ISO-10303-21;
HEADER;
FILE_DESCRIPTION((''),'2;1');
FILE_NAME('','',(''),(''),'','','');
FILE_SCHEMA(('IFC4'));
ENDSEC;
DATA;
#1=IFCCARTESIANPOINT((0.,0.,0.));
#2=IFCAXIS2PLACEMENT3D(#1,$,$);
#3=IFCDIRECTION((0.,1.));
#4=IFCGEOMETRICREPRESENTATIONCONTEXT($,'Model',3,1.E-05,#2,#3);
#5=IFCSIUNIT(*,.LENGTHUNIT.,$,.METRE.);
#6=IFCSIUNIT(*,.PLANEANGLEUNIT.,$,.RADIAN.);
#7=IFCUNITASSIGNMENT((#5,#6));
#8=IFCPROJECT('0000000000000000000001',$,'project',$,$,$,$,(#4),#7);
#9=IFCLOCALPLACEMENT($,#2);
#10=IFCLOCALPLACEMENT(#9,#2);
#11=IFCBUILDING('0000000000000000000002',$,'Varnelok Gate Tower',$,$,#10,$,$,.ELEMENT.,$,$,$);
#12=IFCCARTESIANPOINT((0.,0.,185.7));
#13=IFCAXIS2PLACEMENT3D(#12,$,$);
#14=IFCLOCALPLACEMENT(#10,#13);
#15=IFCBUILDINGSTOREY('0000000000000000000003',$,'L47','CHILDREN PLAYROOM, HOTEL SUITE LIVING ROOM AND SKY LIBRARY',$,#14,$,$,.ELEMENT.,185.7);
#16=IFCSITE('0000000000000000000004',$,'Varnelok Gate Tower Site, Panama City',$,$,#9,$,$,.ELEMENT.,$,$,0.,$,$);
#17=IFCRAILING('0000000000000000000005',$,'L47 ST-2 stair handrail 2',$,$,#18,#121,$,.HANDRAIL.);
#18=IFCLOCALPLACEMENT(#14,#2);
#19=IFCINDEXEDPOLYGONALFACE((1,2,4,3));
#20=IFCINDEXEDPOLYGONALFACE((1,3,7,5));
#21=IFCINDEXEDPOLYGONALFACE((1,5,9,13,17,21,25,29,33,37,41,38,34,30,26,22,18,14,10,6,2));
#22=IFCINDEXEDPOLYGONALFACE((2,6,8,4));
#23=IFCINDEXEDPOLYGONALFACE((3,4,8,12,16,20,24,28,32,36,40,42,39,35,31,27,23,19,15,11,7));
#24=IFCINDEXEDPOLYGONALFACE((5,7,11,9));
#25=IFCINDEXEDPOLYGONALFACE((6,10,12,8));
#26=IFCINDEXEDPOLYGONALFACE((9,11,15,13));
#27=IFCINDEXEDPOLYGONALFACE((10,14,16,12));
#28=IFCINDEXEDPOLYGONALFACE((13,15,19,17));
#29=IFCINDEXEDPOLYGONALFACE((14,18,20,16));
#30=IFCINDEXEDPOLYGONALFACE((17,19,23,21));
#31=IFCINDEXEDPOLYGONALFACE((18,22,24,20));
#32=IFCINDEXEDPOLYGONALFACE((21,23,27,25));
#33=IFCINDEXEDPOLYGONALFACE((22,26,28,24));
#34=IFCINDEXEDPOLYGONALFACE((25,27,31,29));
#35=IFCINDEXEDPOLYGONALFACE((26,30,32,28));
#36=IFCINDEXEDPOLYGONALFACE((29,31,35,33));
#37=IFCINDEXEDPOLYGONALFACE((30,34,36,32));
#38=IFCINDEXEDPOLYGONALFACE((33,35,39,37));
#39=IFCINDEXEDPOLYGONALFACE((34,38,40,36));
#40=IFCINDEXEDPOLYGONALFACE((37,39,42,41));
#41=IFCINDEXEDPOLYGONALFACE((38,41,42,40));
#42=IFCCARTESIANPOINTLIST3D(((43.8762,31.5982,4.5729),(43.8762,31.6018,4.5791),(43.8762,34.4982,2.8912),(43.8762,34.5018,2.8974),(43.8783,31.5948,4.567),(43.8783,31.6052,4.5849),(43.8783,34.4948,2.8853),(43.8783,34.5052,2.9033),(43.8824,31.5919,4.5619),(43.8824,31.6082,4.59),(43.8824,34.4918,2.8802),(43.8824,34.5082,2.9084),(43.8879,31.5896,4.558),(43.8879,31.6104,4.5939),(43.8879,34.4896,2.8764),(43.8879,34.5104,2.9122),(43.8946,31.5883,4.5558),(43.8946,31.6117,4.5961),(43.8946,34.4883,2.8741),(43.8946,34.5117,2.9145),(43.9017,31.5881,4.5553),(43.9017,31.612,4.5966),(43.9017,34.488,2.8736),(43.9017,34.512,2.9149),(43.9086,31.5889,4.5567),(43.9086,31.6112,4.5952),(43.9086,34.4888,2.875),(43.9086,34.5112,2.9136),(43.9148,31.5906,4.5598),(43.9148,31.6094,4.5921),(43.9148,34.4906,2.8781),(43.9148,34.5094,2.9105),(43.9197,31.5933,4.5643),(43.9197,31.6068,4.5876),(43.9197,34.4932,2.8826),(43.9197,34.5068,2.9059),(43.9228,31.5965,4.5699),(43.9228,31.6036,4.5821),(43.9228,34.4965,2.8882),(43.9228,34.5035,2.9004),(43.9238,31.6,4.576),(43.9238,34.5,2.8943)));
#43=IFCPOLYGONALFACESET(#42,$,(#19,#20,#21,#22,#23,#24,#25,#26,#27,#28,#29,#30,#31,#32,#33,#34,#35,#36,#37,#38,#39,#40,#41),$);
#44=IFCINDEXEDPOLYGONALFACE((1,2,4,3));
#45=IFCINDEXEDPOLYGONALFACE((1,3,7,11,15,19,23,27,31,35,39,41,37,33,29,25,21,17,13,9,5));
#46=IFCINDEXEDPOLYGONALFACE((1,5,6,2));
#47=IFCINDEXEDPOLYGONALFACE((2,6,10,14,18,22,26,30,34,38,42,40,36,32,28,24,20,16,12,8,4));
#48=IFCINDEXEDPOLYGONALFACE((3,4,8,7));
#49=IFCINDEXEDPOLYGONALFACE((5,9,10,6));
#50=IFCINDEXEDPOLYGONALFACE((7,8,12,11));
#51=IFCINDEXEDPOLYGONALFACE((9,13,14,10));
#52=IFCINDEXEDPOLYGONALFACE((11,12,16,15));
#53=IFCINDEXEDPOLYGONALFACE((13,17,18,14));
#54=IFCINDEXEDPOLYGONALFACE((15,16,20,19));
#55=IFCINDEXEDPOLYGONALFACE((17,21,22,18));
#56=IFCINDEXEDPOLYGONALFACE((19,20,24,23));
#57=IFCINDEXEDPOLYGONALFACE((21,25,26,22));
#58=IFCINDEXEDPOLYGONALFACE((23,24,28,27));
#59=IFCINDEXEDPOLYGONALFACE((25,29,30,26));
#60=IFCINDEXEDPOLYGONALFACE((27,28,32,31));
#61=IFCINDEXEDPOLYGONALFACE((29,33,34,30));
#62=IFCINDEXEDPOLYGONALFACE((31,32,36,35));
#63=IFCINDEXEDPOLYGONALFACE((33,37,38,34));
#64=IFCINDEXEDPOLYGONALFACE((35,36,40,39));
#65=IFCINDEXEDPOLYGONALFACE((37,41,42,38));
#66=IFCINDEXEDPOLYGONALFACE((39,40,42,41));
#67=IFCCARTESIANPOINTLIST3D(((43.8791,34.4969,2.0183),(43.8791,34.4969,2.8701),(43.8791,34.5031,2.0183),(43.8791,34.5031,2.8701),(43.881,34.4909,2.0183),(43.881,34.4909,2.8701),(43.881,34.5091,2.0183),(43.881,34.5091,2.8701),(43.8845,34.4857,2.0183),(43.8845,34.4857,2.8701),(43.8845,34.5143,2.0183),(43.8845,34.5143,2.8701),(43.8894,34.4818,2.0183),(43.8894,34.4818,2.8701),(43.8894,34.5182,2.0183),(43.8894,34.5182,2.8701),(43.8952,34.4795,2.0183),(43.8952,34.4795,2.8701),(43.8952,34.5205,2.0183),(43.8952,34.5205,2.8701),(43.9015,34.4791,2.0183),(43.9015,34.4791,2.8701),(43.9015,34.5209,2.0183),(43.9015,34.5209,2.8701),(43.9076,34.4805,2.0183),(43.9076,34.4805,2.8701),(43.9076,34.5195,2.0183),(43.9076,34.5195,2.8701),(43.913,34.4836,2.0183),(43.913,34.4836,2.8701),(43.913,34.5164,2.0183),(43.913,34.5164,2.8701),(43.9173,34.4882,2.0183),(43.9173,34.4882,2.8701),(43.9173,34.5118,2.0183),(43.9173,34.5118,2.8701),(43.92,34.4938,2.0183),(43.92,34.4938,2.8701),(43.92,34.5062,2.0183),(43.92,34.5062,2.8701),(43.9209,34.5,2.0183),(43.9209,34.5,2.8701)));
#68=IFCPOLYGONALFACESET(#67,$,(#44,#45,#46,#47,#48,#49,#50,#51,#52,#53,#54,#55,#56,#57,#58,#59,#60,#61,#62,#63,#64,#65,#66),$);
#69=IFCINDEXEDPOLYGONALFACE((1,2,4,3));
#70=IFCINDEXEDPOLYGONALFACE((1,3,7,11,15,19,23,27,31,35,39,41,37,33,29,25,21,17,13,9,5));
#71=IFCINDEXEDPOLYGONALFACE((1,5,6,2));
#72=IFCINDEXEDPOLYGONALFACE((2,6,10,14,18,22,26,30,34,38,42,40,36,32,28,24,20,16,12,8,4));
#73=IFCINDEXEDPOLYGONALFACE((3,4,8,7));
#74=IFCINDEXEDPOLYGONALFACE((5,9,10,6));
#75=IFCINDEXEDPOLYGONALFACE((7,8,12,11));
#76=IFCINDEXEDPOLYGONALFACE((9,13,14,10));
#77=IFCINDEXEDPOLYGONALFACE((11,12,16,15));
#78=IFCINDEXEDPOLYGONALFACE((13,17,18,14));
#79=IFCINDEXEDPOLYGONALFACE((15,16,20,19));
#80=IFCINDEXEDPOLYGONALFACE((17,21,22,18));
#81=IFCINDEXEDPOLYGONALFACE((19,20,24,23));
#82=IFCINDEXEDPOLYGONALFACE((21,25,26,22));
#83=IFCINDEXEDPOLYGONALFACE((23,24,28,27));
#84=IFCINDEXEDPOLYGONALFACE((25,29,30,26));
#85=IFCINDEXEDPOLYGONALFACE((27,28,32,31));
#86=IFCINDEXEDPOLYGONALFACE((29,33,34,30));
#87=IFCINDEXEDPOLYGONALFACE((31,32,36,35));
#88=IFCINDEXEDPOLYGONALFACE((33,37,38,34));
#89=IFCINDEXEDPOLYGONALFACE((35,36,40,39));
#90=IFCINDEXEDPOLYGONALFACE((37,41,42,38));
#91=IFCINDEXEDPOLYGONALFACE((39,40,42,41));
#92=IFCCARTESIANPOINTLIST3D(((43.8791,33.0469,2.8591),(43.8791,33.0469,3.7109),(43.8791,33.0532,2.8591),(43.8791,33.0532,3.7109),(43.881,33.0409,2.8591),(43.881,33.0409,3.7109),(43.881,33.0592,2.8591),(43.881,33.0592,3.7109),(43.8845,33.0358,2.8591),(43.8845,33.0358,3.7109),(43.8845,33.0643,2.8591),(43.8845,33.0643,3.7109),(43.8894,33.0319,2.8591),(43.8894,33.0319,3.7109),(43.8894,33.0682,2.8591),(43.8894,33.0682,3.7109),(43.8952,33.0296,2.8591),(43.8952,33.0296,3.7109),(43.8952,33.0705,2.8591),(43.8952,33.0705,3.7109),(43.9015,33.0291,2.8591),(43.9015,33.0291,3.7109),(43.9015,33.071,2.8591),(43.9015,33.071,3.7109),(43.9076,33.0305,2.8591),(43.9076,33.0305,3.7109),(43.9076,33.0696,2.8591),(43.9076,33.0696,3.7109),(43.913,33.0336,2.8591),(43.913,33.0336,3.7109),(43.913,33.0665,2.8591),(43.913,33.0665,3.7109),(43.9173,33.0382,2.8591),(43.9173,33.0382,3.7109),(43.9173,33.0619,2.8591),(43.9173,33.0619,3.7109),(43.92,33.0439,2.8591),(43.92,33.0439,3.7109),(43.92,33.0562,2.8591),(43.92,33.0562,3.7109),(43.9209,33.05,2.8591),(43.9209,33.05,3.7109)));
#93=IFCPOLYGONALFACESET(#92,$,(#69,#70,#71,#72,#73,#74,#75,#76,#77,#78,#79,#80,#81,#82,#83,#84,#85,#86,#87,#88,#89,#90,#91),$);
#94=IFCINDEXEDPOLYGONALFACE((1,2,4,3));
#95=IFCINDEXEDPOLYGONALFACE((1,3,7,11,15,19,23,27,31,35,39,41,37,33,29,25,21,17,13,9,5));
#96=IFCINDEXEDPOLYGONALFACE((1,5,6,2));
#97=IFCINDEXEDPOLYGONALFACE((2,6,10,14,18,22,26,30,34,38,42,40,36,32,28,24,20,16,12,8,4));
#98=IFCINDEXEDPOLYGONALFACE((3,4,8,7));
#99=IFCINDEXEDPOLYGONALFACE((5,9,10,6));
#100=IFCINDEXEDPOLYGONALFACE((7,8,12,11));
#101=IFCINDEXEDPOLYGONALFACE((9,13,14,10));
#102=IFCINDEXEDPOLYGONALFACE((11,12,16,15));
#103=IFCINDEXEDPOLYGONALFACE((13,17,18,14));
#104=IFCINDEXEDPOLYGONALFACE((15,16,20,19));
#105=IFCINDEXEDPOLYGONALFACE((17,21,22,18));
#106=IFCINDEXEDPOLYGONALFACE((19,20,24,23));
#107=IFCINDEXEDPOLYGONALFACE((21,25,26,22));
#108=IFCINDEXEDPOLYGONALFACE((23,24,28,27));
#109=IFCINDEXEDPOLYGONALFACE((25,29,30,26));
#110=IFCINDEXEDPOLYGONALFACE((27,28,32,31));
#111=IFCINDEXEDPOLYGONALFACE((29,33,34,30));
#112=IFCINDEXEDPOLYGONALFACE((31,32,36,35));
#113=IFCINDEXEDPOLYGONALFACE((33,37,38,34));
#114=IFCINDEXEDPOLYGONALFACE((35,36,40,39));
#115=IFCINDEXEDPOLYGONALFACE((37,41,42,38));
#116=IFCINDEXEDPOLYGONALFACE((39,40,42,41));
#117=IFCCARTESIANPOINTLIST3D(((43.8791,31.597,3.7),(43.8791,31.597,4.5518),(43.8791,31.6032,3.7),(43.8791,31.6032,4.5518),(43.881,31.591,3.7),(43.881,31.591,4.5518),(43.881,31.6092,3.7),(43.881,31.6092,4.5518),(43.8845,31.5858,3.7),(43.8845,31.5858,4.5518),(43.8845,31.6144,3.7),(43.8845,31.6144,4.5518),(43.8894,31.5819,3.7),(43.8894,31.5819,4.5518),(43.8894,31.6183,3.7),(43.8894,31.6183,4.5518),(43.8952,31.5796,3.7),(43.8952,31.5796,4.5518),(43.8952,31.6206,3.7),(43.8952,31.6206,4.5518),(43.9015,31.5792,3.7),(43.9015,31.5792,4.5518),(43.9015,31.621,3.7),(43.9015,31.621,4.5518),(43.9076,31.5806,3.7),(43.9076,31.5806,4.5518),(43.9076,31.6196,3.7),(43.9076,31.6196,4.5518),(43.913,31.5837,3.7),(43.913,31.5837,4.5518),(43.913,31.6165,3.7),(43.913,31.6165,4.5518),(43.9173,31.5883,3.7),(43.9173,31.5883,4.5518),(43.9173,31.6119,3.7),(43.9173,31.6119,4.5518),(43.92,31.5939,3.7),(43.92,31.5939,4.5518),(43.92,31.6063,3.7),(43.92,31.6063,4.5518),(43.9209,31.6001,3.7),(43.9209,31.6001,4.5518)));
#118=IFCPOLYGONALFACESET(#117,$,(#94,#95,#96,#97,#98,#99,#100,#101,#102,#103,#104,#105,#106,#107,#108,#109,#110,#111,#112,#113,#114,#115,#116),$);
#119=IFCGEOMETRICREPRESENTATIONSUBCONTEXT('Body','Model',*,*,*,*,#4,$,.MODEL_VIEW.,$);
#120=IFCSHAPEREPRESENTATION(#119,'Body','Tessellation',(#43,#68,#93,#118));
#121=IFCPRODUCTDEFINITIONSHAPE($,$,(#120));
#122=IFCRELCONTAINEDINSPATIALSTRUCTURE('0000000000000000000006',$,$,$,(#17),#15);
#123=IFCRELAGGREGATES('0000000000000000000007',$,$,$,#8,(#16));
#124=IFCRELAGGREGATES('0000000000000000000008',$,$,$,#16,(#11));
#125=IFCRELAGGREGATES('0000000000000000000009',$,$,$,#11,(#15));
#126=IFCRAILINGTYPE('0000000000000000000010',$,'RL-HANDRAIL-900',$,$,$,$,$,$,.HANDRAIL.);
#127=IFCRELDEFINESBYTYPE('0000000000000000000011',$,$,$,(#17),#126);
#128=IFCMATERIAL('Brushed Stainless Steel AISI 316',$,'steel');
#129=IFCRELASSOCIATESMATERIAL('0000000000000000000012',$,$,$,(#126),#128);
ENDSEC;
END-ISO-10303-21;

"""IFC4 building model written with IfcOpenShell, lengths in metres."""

from ifc_helpers import new_model, si_unit, direction, frame, origin, origin_2d, place, context, subcontext, project, spatial, circle, extrude, material, type_object, element, save


model = new_model("IFC4")

# Units and contexts
model_context = context("Model", 3, precision=1e-05, world=origin(), true_north=direction((0.0, 1.0)))
body_context = subcontext(model_context, "Body", "Model", "MODEL_VIEW")
ifc_project = project(units=[si_unit("LENGTHUNIT", "METRE"), si_unit("PLANEANGLEUNIT", "RADIAN")], contexts=[model_context])

# Site, building, storey
site_placement = place(None, origin())
site = spatial("IfcSite", under=ifc_project, at=site_placement, Name="Varnelok Gate Tower Site, Panama City", CompositionType="ELEMENT", RefElevation=0.0)
building_placement = place(site_placement, origin())
building = spatial("IfcBuilding", under=site, at=building_placement, Name="Varnelok Gate Tower", CompositionType="ELEMENT")
storey_placement = place(building_placement, frame((0.0, 0.0, 185.7)))
storey = spatial("IfcBuildingStorey", under=building, at=storey_placement, Name="L47", Description="CHILDREN PLAYROOM, HOTEL SUITE LIVING ROOM AND SKY LIBRARY", CompositionType="ELEMENT", Elevation=185.7)

# Railing
ifc_material_1 = material(Name="Brushed Stainless Steel AISI 316", Category="steel")
railing_type_1 = type_object("IfcRailingType", Name="RL-HANDRAIL-900", PredefinedType="HANDRAIL", material=ifc_material_1)
railing_1_placement = place(storey_placement, frame((43.8999, 34.5, 2.0183)))
element("IfcRailing", 1, at=railing_1_placement, inside=storey, type_object=railing_type_1, Name="L47 ST-2 stair handrail 2", PredefinedType="HANDRAIL", context=body_context, shape_type="SweptSolid", body=[
    extrude(circle(Radius=0.0239, at=origin_2d()), frame((0.0, 0.0, 0.876), z_axis=(0.0, -0.86507, 0.501651), x_axis=(1.0, 0.0, 0.0)), (0.0, 0.0, 1.0), 3.3523),
    extrude(circle(Radius=0.021, at=origin_2d()), origin(), (0.0, 0.0, 1.0), 0.8518),
    extrude(circle(Radius=0.021, at=origin_2d()), frame((0.0, -1.45, 0.8408)), (0.0, 0.0, 1.0), 0.8518),
    extrude(circle(Radius=0.021, at=origin_2d()), frame((0.0, -2.8999, 1.6816)), (0.0, 0.0, 1.0), 0.8518),
])

save(model, "model.ifc")
